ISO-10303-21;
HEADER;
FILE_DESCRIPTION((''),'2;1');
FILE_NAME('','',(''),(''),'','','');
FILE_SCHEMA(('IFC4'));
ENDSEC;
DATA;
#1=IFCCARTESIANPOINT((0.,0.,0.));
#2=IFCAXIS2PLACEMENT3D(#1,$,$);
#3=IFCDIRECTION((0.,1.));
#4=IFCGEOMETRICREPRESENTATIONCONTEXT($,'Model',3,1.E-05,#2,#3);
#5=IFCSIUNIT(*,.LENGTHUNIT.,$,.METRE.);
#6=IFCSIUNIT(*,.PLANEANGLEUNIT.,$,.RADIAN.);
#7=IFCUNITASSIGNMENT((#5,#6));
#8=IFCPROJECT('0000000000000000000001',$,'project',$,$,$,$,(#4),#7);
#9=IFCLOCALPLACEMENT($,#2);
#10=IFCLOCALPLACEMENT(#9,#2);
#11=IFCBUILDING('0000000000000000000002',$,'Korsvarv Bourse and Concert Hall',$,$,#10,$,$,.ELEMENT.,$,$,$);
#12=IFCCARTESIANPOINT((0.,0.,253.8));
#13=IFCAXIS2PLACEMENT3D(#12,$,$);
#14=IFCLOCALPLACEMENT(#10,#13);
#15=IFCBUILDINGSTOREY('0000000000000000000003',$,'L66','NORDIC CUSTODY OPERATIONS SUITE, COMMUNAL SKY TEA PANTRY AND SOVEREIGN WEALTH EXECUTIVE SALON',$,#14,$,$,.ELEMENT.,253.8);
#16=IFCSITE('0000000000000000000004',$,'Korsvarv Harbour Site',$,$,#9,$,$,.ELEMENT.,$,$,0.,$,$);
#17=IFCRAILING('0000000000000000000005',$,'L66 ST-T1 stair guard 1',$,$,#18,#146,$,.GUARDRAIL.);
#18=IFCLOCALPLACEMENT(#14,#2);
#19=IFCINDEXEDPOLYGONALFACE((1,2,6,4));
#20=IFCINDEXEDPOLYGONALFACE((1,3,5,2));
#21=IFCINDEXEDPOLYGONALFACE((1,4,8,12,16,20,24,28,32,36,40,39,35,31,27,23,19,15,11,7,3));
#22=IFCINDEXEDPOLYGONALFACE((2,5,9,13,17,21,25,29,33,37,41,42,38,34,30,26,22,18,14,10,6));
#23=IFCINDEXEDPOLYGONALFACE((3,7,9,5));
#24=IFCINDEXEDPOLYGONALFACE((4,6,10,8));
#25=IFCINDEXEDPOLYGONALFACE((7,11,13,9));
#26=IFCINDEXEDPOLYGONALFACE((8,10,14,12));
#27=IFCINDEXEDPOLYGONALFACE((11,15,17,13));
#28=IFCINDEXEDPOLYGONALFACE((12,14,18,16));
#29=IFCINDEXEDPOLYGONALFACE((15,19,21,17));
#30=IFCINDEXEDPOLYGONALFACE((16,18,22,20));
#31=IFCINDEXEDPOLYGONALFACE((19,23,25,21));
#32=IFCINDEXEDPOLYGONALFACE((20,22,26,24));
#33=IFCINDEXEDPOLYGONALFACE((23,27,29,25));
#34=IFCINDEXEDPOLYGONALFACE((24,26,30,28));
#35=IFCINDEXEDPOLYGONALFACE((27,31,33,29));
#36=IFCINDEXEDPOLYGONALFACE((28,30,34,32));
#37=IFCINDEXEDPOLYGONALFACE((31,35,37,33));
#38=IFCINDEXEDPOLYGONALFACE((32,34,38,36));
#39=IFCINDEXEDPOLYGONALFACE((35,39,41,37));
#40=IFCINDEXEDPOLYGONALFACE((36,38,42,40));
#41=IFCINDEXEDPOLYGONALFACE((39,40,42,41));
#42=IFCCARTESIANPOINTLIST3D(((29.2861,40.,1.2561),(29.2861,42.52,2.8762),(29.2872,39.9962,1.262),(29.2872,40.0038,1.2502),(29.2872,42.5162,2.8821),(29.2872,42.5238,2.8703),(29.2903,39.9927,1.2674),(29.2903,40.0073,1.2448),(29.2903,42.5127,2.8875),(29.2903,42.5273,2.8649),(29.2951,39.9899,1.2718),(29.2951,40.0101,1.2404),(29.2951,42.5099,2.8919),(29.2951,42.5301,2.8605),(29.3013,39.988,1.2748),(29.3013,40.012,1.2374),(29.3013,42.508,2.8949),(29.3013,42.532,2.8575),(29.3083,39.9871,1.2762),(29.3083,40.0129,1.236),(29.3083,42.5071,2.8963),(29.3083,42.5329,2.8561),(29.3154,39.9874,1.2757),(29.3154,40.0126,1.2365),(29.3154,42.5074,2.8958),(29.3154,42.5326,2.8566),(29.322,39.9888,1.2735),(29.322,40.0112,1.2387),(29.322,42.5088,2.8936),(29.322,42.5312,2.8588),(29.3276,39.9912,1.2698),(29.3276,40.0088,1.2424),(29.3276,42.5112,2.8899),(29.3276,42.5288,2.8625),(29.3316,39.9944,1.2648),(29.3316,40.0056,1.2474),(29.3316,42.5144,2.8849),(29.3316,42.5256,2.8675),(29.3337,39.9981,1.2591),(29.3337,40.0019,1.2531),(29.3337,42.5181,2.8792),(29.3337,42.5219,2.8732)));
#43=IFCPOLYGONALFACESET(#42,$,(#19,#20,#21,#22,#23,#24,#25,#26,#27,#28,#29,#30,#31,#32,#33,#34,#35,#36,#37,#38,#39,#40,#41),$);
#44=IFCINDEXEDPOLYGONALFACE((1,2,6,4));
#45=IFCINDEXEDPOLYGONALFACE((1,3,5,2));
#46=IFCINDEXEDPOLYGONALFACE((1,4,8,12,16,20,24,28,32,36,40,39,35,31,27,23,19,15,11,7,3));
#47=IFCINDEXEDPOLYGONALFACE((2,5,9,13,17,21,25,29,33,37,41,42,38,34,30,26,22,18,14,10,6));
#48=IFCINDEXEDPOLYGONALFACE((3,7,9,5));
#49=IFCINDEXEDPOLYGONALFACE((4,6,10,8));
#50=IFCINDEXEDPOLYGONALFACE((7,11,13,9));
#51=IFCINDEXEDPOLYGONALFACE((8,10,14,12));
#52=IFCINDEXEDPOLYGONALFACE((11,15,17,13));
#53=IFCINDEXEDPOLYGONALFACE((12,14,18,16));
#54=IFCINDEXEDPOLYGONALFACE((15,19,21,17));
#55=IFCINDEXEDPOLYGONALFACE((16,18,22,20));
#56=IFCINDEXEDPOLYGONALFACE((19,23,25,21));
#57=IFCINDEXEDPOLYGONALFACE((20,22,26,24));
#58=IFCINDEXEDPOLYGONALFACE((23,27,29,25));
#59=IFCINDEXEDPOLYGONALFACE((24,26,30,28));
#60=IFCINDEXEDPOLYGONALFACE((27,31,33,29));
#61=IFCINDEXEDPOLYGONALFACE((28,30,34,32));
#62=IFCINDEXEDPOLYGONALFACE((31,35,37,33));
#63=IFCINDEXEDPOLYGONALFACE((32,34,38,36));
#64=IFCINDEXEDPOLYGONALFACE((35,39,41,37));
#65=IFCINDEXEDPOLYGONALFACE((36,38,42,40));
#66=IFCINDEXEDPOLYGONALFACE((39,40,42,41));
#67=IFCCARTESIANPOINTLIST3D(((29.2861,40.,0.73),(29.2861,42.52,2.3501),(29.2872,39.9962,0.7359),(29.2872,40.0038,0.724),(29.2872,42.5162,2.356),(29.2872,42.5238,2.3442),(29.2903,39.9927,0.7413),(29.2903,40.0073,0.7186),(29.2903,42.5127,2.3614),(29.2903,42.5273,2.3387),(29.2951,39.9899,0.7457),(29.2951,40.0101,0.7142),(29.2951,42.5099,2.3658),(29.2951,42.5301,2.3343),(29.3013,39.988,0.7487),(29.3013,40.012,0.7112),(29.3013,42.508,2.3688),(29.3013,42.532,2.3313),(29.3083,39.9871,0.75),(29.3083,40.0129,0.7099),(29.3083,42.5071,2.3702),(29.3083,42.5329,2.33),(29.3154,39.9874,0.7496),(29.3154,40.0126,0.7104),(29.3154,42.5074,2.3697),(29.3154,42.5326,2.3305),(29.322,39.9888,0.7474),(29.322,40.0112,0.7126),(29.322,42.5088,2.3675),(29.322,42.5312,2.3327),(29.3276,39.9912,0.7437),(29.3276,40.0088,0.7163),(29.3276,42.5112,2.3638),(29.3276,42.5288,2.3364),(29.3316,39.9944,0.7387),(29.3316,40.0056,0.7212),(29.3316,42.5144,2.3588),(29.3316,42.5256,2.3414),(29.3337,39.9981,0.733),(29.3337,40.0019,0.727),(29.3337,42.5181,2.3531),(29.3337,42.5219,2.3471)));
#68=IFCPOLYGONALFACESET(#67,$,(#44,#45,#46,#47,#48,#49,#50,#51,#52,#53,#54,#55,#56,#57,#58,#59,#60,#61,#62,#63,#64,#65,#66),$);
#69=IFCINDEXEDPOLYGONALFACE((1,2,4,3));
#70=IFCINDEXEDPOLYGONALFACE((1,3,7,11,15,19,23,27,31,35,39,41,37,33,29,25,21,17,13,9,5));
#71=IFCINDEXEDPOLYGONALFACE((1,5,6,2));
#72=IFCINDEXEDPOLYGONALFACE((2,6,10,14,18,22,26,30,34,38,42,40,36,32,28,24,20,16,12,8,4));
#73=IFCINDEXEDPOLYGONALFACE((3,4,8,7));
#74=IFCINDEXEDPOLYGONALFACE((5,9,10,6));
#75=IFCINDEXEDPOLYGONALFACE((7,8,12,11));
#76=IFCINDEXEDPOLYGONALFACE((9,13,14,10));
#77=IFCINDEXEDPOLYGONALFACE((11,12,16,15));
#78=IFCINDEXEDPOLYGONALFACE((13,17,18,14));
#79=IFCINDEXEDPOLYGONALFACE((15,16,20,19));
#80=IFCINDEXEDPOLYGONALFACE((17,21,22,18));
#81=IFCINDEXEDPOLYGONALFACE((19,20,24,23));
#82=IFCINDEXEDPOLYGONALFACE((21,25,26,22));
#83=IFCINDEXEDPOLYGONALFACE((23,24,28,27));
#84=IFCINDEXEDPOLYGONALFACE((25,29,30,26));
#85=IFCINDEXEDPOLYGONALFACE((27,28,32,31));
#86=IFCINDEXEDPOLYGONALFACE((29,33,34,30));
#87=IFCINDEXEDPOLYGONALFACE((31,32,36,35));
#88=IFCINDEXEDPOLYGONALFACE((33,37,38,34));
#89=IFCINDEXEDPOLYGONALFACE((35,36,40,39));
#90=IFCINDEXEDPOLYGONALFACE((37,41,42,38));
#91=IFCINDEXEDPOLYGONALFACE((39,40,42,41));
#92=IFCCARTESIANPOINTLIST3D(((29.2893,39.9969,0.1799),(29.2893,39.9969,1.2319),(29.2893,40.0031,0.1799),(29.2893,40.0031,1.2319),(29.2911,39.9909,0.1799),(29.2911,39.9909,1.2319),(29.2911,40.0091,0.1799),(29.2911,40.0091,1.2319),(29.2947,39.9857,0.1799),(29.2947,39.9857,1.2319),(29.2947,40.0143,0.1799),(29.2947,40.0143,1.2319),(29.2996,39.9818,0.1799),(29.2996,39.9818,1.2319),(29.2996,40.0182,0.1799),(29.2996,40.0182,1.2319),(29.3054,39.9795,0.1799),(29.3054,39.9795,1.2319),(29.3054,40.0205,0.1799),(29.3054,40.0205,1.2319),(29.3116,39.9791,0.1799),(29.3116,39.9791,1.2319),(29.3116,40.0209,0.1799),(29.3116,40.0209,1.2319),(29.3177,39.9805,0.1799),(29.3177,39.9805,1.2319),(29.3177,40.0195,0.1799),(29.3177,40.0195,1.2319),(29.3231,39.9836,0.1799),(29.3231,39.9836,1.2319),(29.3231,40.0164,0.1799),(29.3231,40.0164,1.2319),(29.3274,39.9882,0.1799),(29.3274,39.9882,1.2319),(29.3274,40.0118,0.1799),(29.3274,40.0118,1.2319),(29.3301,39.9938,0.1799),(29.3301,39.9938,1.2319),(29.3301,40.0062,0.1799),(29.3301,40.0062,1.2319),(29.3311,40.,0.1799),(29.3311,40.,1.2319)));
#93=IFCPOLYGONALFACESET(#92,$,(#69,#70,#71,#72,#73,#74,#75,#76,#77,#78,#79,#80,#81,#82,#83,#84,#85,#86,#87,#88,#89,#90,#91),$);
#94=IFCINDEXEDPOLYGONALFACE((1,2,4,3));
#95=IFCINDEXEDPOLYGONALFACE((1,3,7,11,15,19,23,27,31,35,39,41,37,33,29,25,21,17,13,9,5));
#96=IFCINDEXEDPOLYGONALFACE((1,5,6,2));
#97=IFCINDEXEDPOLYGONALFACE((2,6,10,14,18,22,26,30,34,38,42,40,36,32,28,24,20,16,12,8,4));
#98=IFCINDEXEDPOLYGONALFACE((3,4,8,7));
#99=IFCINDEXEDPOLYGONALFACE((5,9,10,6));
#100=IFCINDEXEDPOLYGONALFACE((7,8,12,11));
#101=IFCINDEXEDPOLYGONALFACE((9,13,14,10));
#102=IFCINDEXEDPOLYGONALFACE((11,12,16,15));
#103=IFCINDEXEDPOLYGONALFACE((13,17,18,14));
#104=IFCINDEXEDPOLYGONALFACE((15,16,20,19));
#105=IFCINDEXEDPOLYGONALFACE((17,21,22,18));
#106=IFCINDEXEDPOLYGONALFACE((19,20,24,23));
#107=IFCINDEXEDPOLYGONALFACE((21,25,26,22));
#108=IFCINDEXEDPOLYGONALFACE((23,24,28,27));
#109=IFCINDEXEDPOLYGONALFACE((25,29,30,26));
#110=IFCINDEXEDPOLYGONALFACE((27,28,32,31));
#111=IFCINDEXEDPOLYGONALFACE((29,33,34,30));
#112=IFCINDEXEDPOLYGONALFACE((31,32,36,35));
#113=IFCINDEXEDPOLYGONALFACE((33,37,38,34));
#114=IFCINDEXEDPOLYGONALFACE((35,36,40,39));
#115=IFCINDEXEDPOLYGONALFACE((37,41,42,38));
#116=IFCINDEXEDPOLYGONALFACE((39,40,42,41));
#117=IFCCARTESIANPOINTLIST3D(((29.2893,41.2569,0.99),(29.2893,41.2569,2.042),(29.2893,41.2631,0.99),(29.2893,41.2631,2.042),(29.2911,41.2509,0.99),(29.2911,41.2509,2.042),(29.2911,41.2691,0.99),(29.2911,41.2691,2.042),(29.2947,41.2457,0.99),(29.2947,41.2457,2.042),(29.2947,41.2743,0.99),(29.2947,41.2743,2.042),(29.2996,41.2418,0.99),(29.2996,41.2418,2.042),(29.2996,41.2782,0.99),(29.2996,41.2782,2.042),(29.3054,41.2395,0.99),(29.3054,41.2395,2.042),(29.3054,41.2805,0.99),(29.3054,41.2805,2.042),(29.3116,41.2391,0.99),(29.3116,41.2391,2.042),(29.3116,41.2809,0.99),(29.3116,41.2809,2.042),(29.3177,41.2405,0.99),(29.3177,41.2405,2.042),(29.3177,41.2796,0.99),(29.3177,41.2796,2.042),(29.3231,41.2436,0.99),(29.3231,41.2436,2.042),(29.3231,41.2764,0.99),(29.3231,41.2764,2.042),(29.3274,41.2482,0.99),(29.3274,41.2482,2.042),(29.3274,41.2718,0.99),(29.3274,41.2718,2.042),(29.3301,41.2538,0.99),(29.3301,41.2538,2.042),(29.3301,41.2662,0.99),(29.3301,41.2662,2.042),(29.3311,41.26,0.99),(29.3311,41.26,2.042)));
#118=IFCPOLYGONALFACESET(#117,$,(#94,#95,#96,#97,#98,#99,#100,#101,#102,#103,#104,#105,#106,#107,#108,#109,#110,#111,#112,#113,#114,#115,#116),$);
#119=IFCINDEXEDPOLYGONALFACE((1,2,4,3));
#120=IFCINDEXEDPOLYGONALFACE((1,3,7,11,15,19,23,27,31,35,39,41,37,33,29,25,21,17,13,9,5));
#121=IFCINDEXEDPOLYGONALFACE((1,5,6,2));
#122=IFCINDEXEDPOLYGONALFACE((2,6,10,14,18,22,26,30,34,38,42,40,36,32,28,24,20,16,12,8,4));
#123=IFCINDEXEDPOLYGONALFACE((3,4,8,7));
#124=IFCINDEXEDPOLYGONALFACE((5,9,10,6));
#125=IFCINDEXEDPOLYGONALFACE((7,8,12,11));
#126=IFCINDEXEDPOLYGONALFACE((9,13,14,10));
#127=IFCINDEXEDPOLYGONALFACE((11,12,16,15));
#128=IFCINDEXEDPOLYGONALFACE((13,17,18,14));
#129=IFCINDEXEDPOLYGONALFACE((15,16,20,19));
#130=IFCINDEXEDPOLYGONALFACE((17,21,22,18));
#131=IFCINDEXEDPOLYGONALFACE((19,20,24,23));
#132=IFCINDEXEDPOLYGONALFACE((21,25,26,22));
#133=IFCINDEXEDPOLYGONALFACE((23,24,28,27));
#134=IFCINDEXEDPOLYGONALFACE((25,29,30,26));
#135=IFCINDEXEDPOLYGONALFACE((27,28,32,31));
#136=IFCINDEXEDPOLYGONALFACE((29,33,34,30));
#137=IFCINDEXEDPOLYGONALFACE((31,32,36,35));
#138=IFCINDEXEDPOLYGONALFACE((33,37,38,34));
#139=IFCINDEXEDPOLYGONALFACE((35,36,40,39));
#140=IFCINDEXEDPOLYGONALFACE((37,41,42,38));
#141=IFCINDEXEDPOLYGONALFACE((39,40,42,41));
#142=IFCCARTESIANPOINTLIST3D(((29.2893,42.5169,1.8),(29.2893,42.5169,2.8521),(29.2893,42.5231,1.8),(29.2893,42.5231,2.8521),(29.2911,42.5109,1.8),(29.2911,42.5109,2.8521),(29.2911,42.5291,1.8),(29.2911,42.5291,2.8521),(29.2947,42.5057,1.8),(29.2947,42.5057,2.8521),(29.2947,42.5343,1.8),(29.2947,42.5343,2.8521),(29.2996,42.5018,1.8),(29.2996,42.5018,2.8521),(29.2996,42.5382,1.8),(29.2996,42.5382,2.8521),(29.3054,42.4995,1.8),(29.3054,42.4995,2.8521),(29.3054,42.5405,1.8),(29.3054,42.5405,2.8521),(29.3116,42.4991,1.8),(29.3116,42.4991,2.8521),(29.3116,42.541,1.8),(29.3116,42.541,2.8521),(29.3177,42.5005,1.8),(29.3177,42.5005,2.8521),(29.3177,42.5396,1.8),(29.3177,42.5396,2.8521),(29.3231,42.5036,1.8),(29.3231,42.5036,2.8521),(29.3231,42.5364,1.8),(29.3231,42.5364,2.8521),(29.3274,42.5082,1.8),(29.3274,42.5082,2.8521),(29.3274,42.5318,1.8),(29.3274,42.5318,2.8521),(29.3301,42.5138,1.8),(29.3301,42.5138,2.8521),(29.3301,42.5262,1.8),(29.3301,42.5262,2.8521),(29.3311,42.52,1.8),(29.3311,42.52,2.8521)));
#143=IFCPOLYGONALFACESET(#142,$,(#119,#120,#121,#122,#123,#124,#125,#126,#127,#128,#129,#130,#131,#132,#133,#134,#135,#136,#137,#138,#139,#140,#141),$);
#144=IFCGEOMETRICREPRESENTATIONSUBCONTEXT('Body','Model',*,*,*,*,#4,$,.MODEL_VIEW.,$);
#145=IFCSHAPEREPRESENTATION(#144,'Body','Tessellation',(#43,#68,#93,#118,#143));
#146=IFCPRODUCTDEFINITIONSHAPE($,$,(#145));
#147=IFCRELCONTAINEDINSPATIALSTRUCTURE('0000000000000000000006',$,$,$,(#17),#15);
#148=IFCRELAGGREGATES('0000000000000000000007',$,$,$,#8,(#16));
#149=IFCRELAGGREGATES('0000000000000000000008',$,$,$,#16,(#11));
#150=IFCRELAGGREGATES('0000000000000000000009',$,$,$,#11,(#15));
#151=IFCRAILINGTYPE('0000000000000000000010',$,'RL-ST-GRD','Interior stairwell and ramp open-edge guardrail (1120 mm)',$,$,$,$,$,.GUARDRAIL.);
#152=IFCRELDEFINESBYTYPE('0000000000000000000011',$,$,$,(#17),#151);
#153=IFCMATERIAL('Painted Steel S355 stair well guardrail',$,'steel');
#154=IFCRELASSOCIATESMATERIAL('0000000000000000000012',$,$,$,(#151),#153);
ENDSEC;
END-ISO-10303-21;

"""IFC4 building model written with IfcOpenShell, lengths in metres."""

from ifc_helpers import new_model, si_unit, direction, frame, origin, origin_2d, place, context, subcontext, project, spatial, circle, extrude, material, type_object, element, save


model = new_model("IFC4")

# Units and contexts
model_context = context("Model", 3, precision=1e-05, world=origin(), true_north=direction((0.0, 1.0)))
body_context = subcontext(model_context, "Body", "Model", "MODEL_VIEW")
ifc_project = project(units=[si_unit("LENGTHUNIT", "METRE"), si_unit("PLANEANGLEUNIT", "RADIAN")], contexts=[model_context])

# Site, building, storey
site_placement = place(None, origin())
site = spatial("IfcSite", under=ifc_project, at=site_placement, Name="Korsvarv Harbour Site", CompositionType="ELEMENT", RefElevation=0.0)
building_placement = place(site_placement, origin())
building = spatial("IfcBuilding", under=site, at=building_placement, Name="Korsvarv Bourse and Concert Hall", CompositionType="ELEMENT")
storey_placement = place(building_placement, frame((0.0, 0.0, 253.8)))
storey = spatial("IfcBuildingStorey", under=building, at=storey_placement, Name="L66", Description="NORDIC CUSTODY OPERATIONS SUITE, COMMUNAL SKY TEA PANTRY AND SOVEREIGN WEALTH EXECUTIVE SALON", CompositionType="ELEMENT", Elevation=253.8)

# Railing
ifc_material_1 = material(Name="Painted Steel S355 stair well guardrail", Category="steel")
railing_type_1 = type_object("IfcRailingType", Name="RL-ST-GRD", Description="Interior stairwell and ramp open-edge guardrail (1120 mm)", PredefinedType="GUARDRAIL", material=ifc_material_1)
railing_1_placement = place(storey_placement, frame((29.3101, 40.0, 0.1799)))
element("IfcRailing", 1, at=railing_1_placement, inside=storey, type_object=railing_type_1, Name="L66 ST-T1 stair guard 1", PredefinedType="GUARDRAIL", context=body_context, shape_type="SweptSolid", body=[
    extrude(circle(Radius=0.0239, at=origin_2d()), frame((0.0, 0.0, 1.0762), z_axis=(0.0, 0.841163, 0.540782), x_axis=(-1.0, 0.0, 0.0)), (0.0, 0.0, 1.0), 2.9958),
    extrude(circle(Radius=0.0239, at=origin_2d()), frame((0.0, 0.0, 0.55), z_axis=(0.0, 0.841163, 0.540782), x_axis=(-1.0, 0.0, 0.0)), (0.0, 0.0, 1.0), 2.9958),
    extrude(circle(Radius=0.021, at=origin_2d()), origin(), (0.0, 0.0, 1.0), 1.052),
    extrude(circle(Radius=0.021, at=origin_2d()), frame((0.0, 1.26, 0.8101)), (0.0, 0.0, 1.0), 1.052),
    extrude(circle(Radius=0.021, at=origin_2d()), frame((0.0, 2.52, 1.6201)), (0.0, 0.0, 1.0), 1.052),
])

save(model, "model.ifc")
